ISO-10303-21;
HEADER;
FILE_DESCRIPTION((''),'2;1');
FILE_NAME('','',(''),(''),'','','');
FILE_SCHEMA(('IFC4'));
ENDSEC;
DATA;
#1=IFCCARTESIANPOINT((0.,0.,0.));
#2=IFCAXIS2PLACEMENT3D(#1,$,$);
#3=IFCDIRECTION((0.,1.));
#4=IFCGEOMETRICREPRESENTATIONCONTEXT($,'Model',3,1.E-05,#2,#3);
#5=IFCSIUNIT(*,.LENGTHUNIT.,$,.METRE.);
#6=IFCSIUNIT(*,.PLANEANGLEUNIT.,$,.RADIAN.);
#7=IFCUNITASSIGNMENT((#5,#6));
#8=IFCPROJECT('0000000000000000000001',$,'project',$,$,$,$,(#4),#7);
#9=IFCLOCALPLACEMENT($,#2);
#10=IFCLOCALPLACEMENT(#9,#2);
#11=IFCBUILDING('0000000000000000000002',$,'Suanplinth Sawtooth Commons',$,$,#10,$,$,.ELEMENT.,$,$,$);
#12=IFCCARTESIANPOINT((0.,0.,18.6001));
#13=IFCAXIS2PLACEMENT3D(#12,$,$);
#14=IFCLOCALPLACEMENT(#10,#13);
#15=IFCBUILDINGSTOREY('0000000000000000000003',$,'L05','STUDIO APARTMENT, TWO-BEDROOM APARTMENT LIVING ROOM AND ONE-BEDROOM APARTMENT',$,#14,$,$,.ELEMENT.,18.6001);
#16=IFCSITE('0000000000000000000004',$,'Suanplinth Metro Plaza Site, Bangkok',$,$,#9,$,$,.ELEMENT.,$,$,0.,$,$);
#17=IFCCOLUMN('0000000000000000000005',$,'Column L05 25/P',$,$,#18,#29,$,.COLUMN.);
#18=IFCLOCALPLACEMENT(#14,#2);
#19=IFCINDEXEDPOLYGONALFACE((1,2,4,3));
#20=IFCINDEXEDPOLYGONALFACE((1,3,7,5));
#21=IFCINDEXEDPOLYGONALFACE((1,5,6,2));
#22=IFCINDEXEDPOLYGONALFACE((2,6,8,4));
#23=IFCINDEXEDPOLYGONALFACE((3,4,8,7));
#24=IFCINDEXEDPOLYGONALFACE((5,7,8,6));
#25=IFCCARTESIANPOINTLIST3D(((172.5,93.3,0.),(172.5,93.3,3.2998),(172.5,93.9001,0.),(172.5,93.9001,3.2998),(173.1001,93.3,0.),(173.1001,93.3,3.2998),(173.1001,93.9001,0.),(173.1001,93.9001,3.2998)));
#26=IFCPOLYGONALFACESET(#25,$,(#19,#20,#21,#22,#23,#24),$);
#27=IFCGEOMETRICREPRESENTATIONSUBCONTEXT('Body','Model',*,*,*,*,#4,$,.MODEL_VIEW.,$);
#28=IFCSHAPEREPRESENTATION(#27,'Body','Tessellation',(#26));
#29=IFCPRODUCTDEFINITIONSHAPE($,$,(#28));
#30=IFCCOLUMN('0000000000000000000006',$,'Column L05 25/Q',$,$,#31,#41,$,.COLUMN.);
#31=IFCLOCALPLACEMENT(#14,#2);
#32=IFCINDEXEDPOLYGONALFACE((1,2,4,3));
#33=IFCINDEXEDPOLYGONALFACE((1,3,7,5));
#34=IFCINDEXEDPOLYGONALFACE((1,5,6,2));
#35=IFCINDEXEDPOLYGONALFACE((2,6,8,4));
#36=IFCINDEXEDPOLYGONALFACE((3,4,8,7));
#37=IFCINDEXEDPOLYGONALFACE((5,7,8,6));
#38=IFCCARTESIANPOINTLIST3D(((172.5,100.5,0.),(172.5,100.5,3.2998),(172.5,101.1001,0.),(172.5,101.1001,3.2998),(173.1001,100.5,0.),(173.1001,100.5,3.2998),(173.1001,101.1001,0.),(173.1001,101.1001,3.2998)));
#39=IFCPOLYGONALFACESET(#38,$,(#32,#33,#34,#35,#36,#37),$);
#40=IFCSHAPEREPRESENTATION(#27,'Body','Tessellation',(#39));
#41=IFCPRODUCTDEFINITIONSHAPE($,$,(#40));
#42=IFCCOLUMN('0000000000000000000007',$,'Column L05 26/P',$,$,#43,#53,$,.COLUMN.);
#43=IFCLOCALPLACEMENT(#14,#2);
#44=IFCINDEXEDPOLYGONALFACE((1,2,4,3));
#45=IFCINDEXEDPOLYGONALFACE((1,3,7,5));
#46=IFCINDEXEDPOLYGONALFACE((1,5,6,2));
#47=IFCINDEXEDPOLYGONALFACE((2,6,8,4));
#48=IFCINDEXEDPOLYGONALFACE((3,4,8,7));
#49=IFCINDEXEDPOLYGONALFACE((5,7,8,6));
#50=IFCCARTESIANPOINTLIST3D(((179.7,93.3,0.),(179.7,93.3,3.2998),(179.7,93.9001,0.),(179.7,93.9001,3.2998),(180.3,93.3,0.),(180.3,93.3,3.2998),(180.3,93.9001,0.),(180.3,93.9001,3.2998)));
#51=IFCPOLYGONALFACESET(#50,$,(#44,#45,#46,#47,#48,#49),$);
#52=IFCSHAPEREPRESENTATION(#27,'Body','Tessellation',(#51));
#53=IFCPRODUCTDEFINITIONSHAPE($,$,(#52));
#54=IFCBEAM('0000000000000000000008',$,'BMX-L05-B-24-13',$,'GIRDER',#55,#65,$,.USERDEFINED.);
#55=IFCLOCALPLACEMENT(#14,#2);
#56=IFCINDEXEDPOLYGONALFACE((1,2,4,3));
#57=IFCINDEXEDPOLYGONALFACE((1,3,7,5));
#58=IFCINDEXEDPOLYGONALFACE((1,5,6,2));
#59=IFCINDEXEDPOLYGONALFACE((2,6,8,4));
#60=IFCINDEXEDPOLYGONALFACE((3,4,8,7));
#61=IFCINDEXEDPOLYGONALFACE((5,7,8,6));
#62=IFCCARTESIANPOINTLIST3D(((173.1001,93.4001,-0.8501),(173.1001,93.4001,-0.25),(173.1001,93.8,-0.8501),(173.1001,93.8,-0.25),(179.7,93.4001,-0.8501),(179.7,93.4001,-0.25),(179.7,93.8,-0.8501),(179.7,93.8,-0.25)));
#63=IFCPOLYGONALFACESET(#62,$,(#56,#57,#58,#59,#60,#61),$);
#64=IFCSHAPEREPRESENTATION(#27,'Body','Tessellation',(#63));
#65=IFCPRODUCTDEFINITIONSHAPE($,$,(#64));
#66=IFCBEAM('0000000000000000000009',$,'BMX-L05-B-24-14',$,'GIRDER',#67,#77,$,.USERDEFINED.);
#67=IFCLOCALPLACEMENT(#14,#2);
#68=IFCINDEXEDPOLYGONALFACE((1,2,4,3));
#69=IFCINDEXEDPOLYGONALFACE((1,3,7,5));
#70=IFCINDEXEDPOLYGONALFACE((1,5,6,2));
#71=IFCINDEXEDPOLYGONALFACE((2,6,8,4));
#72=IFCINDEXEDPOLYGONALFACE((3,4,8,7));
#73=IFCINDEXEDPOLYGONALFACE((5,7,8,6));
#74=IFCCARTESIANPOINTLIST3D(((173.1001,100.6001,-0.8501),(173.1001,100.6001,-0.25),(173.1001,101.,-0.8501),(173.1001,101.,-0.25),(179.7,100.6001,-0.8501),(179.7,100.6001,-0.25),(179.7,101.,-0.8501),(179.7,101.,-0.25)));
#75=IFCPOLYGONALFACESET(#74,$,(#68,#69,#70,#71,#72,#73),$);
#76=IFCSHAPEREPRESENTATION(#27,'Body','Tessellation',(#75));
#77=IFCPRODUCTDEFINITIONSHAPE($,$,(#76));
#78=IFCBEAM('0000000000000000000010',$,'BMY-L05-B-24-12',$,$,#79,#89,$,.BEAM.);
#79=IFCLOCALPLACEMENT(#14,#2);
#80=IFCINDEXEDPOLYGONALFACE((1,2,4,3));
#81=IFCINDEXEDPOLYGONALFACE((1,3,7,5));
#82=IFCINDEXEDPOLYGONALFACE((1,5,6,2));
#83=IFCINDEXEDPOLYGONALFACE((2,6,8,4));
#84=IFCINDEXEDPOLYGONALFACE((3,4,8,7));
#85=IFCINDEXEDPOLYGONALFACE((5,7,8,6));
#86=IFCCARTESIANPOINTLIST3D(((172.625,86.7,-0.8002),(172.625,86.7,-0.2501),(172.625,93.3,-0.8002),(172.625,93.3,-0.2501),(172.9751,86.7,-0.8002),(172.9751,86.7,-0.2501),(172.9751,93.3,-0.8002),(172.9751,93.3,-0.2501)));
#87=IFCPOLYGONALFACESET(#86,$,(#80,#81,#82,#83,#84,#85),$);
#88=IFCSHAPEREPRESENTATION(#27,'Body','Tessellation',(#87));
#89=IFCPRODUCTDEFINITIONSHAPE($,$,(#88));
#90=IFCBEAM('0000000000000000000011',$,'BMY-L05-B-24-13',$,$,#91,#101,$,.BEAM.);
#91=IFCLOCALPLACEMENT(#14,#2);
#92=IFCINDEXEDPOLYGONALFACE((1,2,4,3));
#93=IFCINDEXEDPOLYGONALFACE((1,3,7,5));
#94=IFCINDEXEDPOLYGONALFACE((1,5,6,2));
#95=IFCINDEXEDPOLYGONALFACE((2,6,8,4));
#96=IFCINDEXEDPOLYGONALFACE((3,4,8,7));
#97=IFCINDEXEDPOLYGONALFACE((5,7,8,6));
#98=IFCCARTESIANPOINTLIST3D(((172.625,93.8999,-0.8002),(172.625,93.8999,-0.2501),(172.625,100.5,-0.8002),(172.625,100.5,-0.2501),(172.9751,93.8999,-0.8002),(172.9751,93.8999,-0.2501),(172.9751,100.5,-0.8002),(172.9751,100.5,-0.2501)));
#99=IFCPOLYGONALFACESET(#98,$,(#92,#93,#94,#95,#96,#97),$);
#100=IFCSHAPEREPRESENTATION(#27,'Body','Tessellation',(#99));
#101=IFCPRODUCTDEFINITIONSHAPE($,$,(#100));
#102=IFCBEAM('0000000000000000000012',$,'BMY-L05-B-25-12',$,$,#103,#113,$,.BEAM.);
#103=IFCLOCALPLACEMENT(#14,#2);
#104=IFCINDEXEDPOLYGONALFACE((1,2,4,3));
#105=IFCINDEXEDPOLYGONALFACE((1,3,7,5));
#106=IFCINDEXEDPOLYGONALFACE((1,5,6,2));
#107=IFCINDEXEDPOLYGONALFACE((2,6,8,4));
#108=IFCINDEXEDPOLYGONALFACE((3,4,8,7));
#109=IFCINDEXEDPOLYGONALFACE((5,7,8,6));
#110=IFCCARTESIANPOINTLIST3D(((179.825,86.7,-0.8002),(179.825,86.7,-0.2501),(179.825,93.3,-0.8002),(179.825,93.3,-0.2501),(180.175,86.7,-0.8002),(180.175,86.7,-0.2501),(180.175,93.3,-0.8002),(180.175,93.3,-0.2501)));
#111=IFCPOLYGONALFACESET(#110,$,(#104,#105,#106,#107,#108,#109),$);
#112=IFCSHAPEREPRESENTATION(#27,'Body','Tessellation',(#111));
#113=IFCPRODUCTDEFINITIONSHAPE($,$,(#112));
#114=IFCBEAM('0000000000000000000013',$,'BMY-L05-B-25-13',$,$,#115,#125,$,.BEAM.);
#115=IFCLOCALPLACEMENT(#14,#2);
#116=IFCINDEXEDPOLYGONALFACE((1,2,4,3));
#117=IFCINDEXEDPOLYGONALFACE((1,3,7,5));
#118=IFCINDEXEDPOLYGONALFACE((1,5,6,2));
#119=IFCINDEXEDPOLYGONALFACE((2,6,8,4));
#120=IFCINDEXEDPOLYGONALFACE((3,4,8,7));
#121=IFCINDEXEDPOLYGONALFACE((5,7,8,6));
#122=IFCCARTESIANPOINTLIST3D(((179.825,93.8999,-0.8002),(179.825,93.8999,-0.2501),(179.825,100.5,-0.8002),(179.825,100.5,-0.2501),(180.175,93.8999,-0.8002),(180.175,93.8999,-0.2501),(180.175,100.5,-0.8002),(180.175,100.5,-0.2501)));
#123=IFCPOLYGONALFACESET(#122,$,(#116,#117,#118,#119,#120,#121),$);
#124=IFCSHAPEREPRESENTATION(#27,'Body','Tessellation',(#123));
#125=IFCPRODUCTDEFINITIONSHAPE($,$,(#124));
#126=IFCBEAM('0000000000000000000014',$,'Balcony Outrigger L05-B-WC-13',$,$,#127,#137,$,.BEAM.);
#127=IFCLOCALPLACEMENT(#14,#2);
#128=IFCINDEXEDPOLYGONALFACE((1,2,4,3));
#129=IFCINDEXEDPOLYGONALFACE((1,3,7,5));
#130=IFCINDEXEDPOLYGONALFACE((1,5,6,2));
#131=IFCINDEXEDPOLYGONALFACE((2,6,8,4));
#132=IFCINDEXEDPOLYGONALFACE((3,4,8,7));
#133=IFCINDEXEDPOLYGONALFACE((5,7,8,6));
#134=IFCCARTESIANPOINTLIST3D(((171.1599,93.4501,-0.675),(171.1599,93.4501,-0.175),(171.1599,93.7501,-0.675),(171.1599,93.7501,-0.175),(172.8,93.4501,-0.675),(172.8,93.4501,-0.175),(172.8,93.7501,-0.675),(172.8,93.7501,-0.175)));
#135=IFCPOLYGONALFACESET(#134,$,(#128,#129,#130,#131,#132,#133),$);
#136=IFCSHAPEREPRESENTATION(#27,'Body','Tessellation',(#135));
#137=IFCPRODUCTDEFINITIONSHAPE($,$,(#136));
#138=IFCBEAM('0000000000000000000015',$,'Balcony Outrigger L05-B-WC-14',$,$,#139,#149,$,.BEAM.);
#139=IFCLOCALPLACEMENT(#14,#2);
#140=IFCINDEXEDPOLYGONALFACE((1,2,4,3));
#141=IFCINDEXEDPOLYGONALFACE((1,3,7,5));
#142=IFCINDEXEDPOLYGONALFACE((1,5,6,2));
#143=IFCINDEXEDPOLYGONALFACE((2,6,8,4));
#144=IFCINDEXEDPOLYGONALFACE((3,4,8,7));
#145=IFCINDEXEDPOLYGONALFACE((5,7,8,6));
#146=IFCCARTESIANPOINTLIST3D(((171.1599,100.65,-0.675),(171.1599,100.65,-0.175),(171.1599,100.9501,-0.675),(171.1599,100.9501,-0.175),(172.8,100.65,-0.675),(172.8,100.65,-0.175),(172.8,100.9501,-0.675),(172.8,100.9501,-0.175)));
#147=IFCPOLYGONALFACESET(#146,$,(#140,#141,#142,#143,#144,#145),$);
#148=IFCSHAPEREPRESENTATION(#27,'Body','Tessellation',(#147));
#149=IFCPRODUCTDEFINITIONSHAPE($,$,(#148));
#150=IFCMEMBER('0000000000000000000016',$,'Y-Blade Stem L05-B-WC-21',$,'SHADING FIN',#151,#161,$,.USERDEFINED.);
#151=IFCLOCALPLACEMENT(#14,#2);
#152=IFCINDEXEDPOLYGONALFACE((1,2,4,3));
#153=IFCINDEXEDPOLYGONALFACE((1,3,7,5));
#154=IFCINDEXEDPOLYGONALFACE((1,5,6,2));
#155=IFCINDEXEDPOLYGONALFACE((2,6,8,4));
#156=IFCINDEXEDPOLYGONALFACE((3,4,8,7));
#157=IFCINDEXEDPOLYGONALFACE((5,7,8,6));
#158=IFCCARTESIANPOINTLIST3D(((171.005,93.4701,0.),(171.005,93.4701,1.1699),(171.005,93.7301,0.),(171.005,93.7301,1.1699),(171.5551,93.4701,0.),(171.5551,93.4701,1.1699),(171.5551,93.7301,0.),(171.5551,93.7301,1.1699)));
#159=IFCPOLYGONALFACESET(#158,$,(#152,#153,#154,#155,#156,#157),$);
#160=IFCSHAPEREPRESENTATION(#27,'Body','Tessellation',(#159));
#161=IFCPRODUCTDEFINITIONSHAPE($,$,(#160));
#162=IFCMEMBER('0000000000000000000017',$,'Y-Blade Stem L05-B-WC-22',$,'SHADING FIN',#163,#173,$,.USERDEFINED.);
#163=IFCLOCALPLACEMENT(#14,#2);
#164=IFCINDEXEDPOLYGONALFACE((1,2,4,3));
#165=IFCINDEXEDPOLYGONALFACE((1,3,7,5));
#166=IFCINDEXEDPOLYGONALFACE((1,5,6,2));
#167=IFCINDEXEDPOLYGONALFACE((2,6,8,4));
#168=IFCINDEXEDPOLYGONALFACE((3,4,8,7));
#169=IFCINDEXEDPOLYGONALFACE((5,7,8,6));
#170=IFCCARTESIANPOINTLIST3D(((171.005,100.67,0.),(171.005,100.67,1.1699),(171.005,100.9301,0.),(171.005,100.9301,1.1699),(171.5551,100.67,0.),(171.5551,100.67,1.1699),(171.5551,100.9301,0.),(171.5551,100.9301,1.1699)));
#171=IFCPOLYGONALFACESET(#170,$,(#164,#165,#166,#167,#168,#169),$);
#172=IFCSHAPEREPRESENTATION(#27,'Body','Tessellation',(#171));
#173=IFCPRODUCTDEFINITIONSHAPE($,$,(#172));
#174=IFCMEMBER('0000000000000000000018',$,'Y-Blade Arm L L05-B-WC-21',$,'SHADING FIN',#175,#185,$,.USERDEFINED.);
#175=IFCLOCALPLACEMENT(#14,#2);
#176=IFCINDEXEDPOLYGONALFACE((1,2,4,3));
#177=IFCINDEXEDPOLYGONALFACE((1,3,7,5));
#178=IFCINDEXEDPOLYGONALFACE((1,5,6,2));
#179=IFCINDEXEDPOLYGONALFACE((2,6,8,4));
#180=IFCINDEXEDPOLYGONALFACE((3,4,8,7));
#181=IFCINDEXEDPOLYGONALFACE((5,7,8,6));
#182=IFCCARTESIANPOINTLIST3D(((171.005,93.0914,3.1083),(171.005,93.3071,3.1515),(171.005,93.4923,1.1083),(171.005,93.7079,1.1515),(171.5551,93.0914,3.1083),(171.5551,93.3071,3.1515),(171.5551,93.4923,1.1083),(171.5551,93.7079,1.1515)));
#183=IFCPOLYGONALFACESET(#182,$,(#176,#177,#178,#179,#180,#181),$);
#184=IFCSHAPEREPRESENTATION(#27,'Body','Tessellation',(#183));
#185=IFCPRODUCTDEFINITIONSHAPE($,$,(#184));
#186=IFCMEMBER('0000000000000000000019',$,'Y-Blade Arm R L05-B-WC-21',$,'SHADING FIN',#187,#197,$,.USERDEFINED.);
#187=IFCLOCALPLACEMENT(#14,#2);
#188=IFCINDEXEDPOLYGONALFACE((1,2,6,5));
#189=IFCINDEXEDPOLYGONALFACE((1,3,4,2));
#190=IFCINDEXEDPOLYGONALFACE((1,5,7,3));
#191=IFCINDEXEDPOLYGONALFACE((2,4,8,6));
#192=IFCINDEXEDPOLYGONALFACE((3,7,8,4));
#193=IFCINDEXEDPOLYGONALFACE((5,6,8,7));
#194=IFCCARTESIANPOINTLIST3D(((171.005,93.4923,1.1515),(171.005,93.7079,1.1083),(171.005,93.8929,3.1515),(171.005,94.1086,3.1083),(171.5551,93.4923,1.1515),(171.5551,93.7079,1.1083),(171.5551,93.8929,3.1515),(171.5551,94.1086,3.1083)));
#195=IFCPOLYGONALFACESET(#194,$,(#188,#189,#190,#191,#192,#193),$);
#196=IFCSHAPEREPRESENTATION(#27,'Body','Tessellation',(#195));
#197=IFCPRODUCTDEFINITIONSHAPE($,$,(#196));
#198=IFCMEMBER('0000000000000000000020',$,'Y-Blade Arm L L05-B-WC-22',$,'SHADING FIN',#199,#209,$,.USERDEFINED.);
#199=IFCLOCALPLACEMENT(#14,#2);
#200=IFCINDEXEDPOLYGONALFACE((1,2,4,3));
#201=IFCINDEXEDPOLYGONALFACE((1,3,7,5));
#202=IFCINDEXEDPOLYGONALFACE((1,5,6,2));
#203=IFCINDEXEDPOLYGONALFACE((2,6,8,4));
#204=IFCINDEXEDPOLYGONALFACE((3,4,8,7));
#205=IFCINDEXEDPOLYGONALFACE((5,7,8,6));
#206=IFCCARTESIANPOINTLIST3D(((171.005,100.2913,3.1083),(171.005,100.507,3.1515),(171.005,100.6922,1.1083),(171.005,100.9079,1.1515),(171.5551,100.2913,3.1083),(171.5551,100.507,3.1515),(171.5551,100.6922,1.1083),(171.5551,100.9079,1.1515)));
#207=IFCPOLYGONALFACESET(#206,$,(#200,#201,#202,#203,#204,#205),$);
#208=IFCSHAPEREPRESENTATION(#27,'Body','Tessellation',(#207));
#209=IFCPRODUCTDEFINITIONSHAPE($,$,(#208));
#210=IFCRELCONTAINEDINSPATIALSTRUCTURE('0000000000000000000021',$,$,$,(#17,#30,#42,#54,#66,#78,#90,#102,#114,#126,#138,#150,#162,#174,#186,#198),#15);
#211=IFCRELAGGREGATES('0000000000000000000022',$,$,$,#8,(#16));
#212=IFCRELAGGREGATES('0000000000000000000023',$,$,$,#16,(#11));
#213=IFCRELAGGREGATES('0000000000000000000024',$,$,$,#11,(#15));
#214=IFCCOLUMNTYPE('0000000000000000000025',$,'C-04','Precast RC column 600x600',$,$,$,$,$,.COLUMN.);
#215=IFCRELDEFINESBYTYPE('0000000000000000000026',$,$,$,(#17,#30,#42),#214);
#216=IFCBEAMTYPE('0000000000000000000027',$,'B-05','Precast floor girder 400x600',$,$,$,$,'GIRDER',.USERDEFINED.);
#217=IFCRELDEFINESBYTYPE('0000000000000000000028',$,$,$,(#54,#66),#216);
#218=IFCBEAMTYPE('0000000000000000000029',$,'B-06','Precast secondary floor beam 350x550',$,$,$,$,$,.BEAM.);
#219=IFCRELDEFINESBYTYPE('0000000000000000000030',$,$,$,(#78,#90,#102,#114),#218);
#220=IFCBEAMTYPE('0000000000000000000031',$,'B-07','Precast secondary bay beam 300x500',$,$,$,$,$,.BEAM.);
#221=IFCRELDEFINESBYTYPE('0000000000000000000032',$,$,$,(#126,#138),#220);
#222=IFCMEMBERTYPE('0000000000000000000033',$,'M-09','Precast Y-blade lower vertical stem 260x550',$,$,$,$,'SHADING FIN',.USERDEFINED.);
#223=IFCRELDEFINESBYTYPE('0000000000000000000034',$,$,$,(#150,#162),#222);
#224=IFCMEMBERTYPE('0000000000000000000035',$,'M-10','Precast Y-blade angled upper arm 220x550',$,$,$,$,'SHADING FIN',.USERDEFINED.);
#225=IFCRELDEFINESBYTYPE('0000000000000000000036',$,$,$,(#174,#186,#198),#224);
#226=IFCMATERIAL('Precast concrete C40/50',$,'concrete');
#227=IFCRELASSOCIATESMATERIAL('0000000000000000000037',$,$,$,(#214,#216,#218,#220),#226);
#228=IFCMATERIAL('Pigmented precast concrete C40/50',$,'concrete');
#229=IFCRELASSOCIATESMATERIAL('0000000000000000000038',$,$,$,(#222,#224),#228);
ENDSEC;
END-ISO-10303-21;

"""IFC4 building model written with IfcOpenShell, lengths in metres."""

from ifc_helpers import new_model, si_unit, direction, frame, origin, origin_2d, place, context, subcontext, project, spatial, rectangle, extrude, material, material_profile, profile_set, type_object, element, save


model = new_model("IFC4")

# Units and contexts
model_context = context("Model", 3, precision=1e-05, world=origin(), true_north=direction((0.0, 1.0)))
body_context = subcontext(model_context, "Body", "Model", "MODEL_VIEW")
ifc_project = project(units=[si_unit("LENGTHUNIT", "METRE"), si_unit("PLANEANGLEUNIT", "RADIAN")], contexts=[model_context])

# Site, building, storey
site_placement = place(None, origin())
site = spatial("IfcSite", under=ifc_project, at=site_placement, Name="Suanplinth Metro Plaza Site, Bangkok", CompositionType="ELEMENT", RefElevation=0.0)
building_placement = place(site_placement, origin())
building = spatial("IfcBuilding", under=site, at=building_placement, Name="Suanplinth Sawtooth Commons", CompositionType="ELEMENT")
storey_placement = place(building_placement, frame((0.0, 0.0, 18.6001)))
storey = spatial("IfcBuildingStorey", under=building, at=storey_placement, Name="L05", Description="STUDIO APARTMENT, TWO-BEDROOM APARTMENT LIVING ROOM AND ONE-BEDROOM APARTMENT", CompositionType="ELEMENT", Elevation=18.6001)

# Columns
ifc_material_1 = material(Name="Precast concrete C40/50", Category="concrete")
ifc_material_profile_1 = material_profile(ifc_material_1, rectangle(XDim=0.6001, YDim=0.6001, at=origin_2d()), Name="PC-COL 600x600")
ifc_profile_set_1 = profile_set([ifc_material_profile_1], Name="Precast concrete C40/50")
column_type = type_object("IfcColumnType", Name="C-04", Description="Precast RC column 600x600", PredefinedType="COLUMN", material=ifc_profile_set_1)
for number, where, z_axis, x_axis, name in (
    (1, (172.8, 93.6001, 0.0), (0.0, 0.0, 1.0), (1.0, 0.0, 0.0), "Column L05 25/P"),
    (2, (172.8, 100.8, 0.0), (0.0, 0.0, 1.0), (1.0, 0.0, 0.0), "Column L05 25/Q"),
    (3, (180.0, 93.6001, 0.0), (0.0, 0.0, 1.0), (1.0, 0.0, 0.0), "Column L05 26/P"),
):
    element("IfcColumn", number, at=place(storey_placement, frame(where, z_axis=z_axis, x_axis=x_axis)), inside=storey, type_object=column_type, Name=name, PredefinedType="COLUMN", context=body_context, shape_type="SweptSolid", body=[
        extrude(rectangle(XDim=0.6001, YDim=0.6001, at=origin_2d()), origin(), (0.0, 0.0, 1.0), 3.2998),
    ])

# Beams
ifc_material_profile_2 = material_profile(ifc_material_1, rectangle(XDim=0.3999, YDim=0.6001, at=origin_2d()), Name="PC-GDR 400x600")
ifc_profile_set_2 = profile_set([ifc_material_profile_2], Name="Precast concrete C40/50")
beam_type_1 = type_object("IfcBeamType", Name="B-05", Description="Precast floor girder 400x600", ElementType="GIRDER", PredefinedType="USERDEFINED", material=ifc_profile_set_2)
for number, where, z_axis, x_axis, name in (
    (4, (173.1001, 93.6001, -0.55), (1.0, 0.0, 0.0), (0.0, 1.0, 0.0), "BMX-L05-B-24-13"),
    (5, (173.1001, 100.8, -0.55), (1.0, 0.0, 0.0), (0.0, 1.0, 0.0), "BMX-L05-B-24-14"),
):
    element("IfcBeam", number, at=place(storey_placement, frame(where, z_axis=z_axis, x_axis=x_axis)), inside=storey, type_object=beam_type_1, Name=name, ObjectType="GIRDER", PredefinedType="USERDEFINED", context=body_context, shape_type="SweptSolid", body=[
        extrude(rectangle(XDim=0.3999, YDim=0.6001, at=origin_2d()), origin(), (0.0, 0.0, 1.0), 6.5999),
    ])
ifc_material_profile_3 = material_profile(ifc_material_1, rectangle(XDim=0.3501, YDim=0.55, at=origin_2d()), Name="PC-BM 350x550")
ifc_profile_set_3 = profile_set([ifc_material_profile_3], Name="Precast concrete C40/50")
beam_type_2 = type_object("IfcBeamType", Name="B-06", Description="Precast secondary floor beam 350x550", PredefinedType="BEAM", material=ifc_profile_set_3)
for number, where, z_axis, x_axis, name in (
    (6, (172.8, 86.7, -0.5251), (0.0, 1.0, 0.0), (-1.0, 0.0, 0.0), "BMY-L05-B-24-12"),
    (7, (172.8, 93.8999, -0.5251), (0.0, 1.0, 0.0), (-1.0, 0.0, 0.0), "BMY-L05-B-24-13"),
    (8, (180.0, 86.7, -0.5251), (0.0, 1.0, 0.0), (-1.0, 0.0, 0.0), "BMY-L05-B-25-12"),
    (9, (180.0, 93.8999, -0.5251), (0.0, 1.0, 0.0), (-1.0, 0.0, 0.0), "BMY-L05-B-25-13"),
):
    element("IfcBeam", number, at=place(storey_placement, frame(where, z_axis=z_axis, x_axis=x_axis)), inside=storey, type_object=beam_type_2, Name=name, PredefinedType="BEAM", context=body_context, shape_type="SweptSolid", body=[
        extrude(rectangle(XDim=0.3501, YDim=0.55, at=origin_2d()), origin(), (0.0, 0.0, 1.0), 6.6001),
    ])
ifc_material_profile_4 = material_profile(ifc_material_1, rectangle(XDim=0.3, YDim=0.5, at=origin_2d()), Name="PC-BM 300x500")
ifc_profile_set_4 = profile_set([ifc_material_profile_4], Name="Precast concrete C40/50")
beam_type_3 = type_object("IfcBeamType", Name="B-07", Description="Precast secondary bay beam 300x500", PredefinedType="BEAM", material=ifc_profile_set_4)
for number, where, z_axis, x_axis, name in (
    (10, (172.8, 93.6001, -0.425), (-1.0, 0.0, 0.0), (0.0, -1.0, 0.0), "Balcony Outrigger L05-B-WC-13"),
    (11, (172.8, 100.8, -0.425), (-1.0, 0.0, 0.0), (0.0, -1.0, 0.0), "Balcony Outrigger L05-B-WC-14"),
):
    element("IfcBeam", number, at=place(storey_placement, frame(where, z_axis=z_axis, x_axis=x_axis)), inside=storey, type_object=beam_type_3, Name=name, PredefinedType="BEAM", context=body_context, shape_type="SweptSolid", body=[
        extrude(rectangle(XDim=0.3, YDim=0.5, at=origin_2d()), origin(), (0.0, 0.0, 1.0), 1.6401),
    ])

# Members
ifc_material_2 = material(Name="Pigmented precast concrete C40/50", Category="concrete")
ifc_material_profile_5 = material_profile(ifc_material_2, rectangle(XDim=0.26, YDim=0.55, at=origin_2d()), Name="PC-FIN 260x550")
ifc_profile_set_5 = profile_set([ifc_material_profile_5], Name="Pigmented precast concrete C40/50")
member_type_1 = type_object("IfcMemberType", Name="M-09", Description="Precast Y-blade lower vertical stem 260x550", ElementType="SHADING FIN", PredefinedType="USERDEFINED", material=ifc_profile_set_5)
for number, where, z_axis, x_axis, name in (
    (12, (171.28, 93.6001, 0.0), (0.0, 0.0, 1.0), (0.0, 1.0, 0.0), "Y-Blade Stem L05-B-WC-21"),
    (13, (171.28, 100.8, 0.0), (0.0, 0.0, 1.0), (0.0, 1.0, 0.0), "Y-Blade Stem L05-B-WC-22"),
):
    element("IfcMember", number, at=place(storey_placement, frame(where, z_axis=z_axis, x_axis=x_axis)), inside=storey, type_object=member_type_1, Name=name, ObjectType="SHADING FIN", PredefinedType="USERDEFINED", context=body_context, shape_type="SweptSolid", body=[
        extrude(rectangle(XDim=0.26, YDim=0.55, at=origin_2d()), origin(), (0.0, 0.0, 1.0), 1.1699),
    ])
ifc_material_profile_6 = material_profile(ifc_material_2, rectangle(XDim=0.22, YDim=0.55, at=origin_2d()), Name="PC-FIN 220x550")
ifc_profile_set_6 = profile_set([ifc_material_profile_6], Name="Pigmented precast concrete C40/50")
member_type_2 = type_object("IfcMemberType", Name="M-10", Description="Precast Y-blade angled upper arm 220x550", ElementType="SHADING FIN", PredefinedType="USERDEFINED", material=ifc_profile_set_6)
for number, where, z_axis, x_axis, name in (
    (14, (171.28, 93.6001, 1.1299), (0.0, -0.19653, 0.980498), (0.0, 0.980498, 0.19653), "Y-Blade Arm L L05-B-WC-21"),
    (15, (171.28, 93.6001, 1.1299), (0.0, 0.196415, 0.980521), (0.0, -0.980521, 0.196415), "Y-Blade Arm R L05-B-WC-21"),
    (16, (171.28, 100.8, 1.1299), (0.0, -0.19653, 0.980498), (0.0, 0.980498, 0.19653), "Y-Blade Arm L L05-B-WC-22"),
):
    element("IfcMember", number, at=place(storey_placement, frame(where, z_axis=z_axis, x_axis=x_axis)), inside=storey, type_object=member_type_2, Name=name, ObjectType="SHADING FIN", PredefinedType="USERDEFINED", context=body_context, shape_type="SweptSolid", body=[
        extrude(rectangle(XDim=0.22, YDim=0.55, at=origin_2d()), origin(), (0.0, 0.0, 1.0), 2.0398),
    ])

save(model, "model.ifc")
